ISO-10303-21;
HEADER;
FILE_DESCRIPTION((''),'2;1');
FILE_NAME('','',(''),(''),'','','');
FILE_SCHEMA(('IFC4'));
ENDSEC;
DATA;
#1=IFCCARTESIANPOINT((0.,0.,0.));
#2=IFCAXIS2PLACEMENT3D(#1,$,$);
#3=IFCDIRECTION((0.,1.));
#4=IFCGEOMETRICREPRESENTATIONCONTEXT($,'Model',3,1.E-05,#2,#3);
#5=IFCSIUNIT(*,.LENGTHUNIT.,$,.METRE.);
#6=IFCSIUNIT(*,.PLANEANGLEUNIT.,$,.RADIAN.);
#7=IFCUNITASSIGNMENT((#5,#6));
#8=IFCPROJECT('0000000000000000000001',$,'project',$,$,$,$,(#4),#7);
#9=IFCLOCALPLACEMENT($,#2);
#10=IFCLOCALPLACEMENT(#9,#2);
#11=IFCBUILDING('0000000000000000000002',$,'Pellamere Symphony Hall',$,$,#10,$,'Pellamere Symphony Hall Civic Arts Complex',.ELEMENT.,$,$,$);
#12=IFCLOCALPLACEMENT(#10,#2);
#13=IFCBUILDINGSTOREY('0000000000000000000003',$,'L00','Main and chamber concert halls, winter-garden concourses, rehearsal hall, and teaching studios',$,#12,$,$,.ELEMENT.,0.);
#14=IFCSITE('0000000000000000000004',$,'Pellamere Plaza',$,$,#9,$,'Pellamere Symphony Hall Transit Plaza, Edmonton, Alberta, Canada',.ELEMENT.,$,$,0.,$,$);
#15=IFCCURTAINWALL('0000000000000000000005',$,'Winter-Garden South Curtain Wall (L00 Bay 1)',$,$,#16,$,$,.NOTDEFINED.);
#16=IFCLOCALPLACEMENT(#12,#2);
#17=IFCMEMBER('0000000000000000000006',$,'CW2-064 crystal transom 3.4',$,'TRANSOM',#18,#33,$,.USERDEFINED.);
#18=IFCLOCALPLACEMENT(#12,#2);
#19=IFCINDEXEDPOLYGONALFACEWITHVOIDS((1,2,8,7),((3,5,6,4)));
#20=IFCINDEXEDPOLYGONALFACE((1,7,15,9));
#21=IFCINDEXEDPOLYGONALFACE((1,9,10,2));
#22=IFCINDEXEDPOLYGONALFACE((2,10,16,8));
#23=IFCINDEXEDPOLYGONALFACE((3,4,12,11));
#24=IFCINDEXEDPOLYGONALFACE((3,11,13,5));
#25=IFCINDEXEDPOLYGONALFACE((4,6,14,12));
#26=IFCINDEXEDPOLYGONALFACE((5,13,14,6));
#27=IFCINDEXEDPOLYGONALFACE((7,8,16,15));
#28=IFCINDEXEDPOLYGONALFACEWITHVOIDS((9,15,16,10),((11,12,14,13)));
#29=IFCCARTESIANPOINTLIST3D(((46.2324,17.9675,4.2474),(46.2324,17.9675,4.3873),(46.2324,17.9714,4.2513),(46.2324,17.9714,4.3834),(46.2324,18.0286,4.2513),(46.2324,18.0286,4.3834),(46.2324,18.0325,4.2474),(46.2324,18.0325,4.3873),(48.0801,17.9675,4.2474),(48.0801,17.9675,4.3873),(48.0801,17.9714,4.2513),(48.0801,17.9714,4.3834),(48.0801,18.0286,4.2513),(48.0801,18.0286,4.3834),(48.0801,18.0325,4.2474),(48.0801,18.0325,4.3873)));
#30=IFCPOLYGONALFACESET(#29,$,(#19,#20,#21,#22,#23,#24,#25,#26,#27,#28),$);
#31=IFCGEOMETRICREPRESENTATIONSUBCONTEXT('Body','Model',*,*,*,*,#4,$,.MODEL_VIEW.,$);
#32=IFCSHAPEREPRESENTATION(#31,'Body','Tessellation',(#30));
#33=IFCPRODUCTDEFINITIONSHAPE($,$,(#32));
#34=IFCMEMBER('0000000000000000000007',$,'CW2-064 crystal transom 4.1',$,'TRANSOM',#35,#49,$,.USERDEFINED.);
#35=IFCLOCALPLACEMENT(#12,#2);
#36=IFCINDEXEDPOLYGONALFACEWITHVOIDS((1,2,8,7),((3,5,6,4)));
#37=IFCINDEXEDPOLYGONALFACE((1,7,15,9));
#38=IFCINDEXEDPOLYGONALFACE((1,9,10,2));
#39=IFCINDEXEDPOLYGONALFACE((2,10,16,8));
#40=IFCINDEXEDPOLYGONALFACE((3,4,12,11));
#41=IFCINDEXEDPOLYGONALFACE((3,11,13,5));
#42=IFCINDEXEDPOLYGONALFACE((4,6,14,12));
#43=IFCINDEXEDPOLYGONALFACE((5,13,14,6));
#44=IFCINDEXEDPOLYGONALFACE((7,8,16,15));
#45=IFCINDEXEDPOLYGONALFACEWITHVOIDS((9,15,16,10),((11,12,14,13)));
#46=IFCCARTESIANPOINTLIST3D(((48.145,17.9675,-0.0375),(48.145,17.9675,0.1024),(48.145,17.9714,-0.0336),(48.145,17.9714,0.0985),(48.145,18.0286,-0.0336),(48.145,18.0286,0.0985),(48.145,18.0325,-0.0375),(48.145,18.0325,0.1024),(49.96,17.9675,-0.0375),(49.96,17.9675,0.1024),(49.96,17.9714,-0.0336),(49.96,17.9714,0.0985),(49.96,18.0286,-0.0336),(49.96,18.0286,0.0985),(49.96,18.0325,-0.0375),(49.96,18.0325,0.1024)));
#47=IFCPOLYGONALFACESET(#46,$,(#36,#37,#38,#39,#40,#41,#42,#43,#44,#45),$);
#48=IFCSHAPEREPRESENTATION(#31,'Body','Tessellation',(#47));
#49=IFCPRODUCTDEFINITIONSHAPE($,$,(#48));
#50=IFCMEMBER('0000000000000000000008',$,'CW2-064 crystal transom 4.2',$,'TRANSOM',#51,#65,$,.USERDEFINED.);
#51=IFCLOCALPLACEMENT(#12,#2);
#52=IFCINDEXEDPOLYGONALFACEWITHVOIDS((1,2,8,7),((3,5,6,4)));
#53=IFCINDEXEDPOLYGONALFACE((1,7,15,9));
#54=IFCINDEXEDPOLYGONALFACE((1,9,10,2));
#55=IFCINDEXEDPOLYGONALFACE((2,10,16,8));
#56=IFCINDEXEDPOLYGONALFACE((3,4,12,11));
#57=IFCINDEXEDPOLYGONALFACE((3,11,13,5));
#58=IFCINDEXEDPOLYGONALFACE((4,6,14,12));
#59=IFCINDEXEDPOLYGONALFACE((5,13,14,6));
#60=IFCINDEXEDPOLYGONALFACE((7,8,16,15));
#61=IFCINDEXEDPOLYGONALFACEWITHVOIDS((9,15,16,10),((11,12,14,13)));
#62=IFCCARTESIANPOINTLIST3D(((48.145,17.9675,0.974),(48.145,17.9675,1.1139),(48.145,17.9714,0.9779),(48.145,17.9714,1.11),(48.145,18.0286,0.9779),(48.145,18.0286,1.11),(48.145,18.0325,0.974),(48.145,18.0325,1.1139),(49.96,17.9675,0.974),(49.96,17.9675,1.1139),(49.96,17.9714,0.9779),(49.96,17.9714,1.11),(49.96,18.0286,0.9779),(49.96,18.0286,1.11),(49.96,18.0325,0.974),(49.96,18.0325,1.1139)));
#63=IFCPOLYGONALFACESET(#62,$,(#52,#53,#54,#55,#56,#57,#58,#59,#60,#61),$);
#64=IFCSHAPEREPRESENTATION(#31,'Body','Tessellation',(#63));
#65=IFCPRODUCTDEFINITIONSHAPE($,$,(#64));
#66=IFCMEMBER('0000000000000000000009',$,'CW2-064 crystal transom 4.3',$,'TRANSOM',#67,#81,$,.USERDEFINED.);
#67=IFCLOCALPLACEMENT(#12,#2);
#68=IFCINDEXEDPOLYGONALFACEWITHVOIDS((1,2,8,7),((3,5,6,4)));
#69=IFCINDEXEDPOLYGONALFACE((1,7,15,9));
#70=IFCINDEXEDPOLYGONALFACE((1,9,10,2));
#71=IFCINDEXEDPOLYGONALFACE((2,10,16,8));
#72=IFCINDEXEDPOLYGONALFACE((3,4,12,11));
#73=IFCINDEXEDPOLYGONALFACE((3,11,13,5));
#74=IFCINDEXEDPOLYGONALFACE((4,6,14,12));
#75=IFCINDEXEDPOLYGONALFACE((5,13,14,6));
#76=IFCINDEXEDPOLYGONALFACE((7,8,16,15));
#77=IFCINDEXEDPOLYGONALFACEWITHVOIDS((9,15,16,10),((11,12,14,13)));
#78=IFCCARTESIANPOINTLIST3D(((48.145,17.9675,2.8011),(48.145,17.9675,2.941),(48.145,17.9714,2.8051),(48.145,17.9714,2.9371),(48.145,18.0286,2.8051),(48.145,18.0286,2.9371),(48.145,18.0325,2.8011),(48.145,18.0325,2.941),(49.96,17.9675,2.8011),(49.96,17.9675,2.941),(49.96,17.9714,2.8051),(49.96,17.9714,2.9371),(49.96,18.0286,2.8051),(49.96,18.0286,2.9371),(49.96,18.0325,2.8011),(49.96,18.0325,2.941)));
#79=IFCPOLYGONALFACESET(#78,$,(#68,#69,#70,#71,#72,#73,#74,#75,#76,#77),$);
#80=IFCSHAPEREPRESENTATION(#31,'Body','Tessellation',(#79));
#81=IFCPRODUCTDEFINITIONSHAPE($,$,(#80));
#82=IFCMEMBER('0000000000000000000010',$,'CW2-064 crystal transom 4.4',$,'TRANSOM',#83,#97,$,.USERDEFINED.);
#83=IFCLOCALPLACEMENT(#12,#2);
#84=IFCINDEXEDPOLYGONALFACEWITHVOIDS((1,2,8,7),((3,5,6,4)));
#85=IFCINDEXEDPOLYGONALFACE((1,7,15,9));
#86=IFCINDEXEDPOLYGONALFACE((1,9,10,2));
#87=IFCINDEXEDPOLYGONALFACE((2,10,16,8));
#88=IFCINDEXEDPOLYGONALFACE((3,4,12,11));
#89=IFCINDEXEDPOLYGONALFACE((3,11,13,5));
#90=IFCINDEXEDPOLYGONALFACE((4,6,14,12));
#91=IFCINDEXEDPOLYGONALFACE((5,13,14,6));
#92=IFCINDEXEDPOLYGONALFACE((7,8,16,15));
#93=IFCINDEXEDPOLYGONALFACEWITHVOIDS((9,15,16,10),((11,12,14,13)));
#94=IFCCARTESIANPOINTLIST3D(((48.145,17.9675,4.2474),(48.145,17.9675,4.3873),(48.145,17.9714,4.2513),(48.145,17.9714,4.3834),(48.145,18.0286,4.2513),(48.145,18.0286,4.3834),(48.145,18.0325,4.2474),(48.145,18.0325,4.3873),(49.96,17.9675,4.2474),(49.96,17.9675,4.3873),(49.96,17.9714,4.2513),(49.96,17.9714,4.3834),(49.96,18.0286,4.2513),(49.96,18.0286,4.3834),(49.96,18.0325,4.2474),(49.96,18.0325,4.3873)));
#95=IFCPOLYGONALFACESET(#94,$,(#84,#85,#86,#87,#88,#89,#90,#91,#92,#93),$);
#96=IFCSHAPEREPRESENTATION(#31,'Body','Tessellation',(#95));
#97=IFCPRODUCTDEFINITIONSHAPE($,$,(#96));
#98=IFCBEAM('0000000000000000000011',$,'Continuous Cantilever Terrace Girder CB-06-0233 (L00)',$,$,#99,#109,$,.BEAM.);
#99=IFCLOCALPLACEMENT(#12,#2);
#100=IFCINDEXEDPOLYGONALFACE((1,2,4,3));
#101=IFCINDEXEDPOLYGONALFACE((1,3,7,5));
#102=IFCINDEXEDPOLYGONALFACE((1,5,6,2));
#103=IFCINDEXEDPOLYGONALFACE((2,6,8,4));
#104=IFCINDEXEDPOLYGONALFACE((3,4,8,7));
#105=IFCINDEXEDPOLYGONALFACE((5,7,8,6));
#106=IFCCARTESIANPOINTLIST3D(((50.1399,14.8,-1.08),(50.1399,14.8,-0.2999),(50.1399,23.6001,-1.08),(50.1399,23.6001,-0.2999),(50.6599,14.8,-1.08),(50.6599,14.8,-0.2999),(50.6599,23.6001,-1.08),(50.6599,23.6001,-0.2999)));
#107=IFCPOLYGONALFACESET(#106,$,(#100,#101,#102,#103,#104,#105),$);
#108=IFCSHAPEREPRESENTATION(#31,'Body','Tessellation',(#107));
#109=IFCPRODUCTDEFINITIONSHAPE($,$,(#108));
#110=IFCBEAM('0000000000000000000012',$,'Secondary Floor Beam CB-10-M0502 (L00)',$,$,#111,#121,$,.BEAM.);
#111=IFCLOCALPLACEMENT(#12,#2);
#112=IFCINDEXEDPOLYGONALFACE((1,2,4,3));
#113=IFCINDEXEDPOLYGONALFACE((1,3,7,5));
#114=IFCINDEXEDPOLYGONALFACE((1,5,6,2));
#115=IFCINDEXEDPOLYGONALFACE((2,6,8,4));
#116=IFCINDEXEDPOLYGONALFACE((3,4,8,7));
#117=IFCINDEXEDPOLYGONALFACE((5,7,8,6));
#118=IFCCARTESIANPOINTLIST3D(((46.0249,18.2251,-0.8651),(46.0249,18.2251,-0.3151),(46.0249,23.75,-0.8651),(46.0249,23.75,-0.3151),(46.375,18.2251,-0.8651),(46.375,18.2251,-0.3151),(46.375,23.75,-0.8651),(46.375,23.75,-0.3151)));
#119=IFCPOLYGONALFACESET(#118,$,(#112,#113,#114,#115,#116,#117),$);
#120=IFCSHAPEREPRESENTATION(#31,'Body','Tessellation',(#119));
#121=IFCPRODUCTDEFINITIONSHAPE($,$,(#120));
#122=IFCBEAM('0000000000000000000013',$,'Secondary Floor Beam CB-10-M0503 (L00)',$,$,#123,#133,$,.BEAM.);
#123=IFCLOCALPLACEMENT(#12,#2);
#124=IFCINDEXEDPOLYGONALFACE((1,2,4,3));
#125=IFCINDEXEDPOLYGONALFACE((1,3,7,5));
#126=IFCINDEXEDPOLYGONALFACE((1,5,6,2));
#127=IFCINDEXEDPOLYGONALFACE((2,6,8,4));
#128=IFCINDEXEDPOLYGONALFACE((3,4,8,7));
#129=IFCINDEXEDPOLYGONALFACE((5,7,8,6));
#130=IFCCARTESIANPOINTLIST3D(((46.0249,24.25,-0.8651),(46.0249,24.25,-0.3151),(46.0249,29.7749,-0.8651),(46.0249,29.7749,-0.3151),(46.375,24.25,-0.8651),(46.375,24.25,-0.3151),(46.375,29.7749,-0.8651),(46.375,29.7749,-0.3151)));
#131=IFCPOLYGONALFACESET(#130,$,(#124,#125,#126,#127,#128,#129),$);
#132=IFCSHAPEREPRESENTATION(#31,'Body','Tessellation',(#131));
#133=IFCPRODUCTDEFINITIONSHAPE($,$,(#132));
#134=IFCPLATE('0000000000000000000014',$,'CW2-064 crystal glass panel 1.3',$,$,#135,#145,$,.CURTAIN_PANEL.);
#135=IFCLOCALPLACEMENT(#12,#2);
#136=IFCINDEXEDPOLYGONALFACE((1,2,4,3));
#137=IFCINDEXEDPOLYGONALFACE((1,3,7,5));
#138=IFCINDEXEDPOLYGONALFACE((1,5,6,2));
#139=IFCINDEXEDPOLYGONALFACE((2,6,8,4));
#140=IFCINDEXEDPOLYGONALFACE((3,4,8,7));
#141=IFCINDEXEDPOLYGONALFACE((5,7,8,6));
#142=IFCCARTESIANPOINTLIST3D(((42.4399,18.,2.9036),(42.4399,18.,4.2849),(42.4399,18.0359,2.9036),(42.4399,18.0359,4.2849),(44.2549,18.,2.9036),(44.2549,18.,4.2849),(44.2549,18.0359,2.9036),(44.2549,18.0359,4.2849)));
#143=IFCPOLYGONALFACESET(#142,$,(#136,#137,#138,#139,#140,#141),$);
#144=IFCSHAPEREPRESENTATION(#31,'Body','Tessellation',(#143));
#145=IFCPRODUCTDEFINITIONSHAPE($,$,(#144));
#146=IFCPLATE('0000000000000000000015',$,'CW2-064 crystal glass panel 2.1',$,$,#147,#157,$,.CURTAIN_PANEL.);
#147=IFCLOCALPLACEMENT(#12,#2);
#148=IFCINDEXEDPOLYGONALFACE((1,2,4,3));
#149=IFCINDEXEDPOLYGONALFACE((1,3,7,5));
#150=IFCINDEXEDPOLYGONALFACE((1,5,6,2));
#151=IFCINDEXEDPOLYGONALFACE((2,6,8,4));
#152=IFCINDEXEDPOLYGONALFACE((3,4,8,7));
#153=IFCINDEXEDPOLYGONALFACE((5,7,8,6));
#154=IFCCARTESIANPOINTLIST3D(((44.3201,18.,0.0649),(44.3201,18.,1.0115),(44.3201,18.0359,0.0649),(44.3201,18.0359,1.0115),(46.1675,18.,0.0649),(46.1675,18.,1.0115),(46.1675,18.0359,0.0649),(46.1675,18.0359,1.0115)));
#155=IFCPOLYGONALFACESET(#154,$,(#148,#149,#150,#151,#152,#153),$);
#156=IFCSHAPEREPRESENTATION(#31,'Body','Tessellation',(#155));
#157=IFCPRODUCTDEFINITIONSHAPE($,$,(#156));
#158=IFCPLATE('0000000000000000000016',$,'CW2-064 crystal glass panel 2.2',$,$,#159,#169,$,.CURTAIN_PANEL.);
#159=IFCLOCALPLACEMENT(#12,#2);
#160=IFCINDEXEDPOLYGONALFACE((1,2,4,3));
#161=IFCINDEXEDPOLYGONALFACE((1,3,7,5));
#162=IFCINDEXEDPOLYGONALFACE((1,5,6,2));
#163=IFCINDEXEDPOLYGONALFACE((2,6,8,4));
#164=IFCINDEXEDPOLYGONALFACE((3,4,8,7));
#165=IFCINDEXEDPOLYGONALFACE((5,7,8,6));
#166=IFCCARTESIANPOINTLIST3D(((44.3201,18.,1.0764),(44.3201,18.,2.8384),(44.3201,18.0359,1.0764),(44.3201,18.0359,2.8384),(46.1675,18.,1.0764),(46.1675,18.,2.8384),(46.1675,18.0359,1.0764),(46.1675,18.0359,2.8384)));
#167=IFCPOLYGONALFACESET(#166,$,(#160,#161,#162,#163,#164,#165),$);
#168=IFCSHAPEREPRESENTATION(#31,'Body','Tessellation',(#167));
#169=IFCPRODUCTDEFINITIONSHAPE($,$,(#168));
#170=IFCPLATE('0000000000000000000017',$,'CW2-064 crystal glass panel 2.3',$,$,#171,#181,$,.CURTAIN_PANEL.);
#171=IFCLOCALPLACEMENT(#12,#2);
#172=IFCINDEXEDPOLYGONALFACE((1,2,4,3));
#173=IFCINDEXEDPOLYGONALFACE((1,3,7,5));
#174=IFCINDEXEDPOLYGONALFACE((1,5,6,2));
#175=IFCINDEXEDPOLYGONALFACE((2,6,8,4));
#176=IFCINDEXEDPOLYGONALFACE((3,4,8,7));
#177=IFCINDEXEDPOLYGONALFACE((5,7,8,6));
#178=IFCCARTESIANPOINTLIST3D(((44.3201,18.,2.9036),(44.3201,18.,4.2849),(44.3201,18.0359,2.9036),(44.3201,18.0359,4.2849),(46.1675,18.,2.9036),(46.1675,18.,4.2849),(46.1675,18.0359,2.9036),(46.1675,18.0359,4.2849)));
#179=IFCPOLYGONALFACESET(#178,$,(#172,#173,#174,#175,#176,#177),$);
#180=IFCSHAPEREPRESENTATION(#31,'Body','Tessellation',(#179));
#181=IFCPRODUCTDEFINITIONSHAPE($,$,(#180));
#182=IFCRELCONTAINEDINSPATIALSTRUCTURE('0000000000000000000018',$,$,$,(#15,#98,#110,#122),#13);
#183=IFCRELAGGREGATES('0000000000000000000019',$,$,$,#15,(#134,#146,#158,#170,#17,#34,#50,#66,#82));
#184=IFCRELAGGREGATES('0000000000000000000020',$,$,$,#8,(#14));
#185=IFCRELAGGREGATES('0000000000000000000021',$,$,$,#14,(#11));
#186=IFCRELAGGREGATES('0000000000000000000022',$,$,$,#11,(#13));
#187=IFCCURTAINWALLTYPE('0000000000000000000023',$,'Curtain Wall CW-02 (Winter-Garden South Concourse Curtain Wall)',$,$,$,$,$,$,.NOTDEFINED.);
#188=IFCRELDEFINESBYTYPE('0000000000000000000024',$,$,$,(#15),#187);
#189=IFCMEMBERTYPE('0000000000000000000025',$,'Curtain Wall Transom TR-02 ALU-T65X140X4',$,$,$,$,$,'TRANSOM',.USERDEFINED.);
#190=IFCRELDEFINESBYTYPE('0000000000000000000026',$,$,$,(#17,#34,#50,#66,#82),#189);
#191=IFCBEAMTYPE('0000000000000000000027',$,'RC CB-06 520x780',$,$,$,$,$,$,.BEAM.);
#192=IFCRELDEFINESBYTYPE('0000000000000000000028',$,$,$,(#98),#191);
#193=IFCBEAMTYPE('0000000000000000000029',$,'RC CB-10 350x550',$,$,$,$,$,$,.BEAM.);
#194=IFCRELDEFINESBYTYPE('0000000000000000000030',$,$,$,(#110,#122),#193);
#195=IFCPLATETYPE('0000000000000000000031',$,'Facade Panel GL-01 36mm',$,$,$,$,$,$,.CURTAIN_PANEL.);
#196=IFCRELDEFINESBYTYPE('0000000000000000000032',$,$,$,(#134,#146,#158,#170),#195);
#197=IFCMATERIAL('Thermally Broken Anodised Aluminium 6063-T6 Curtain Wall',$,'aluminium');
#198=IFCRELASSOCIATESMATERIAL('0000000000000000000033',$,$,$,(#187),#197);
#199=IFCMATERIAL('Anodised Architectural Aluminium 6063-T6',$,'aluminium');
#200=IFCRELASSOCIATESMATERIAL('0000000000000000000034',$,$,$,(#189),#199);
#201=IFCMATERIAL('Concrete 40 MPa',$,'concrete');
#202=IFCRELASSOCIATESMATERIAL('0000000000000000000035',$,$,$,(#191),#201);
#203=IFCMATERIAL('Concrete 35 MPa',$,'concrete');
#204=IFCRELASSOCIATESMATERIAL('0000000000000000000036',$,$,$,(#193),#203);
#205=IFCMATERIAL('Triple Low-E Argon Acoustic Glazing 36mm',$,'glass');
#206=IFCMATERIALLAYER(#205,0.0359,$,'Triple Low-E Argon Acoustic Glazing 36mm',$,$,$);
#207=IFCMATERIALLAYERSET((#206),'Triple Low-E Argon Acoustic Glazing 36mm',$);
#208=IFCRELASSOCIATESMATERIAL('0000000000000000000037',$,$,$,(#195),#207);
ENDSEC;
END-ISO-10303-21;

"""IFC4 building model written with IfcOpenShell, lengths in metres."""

from ifc_helpers import new_model, si_unit, direction, frame, origin, origin_2d, place, context, subcontext, project, spatial, polyline, rectangle, hollow_rectangle, outline, extrude, material, layer, layer_set, material_profile, profile_set, type_object, element, aggregate, save


model = new_model("IFC4")

# Units and contexts
model_context = context("Model", 3, precision=1e-05, world=origin(), true_north=direction((0.0, 1.0)))
body_context = subcontext(model_context, "Body", "Model", "MODEL_VIEW")
ifc_project = project(units=[si_unit("LENGTHUNIT", "METRE"), si_unit("PLANEANGLEUNIT", "RADIAN")], contexts=[model_context])

# Site, building, storey
site_placement = place(None, origin())
site = spatial("IfcSite", under=ifc_project, at=site_placement, Name="Pellamere Plaza", LongName="Pellamere Symphony Hall Transit Plaza, Edmonton, Alberta, Canada", CompositionType="ELEMENT", RefElevation=0.0)
building_placement = place(site_placement, origin())
building = spatial("IfcBuilding", under=site, at=building_placement, Name="Pellamere Symphony Hall", LongName="Pellamere Symphony Hall Civic Arts Complex", CompositionType="ELEMENT")
storey_placement = place(building_placement, origin())
storey = spatial("IfcBuildingStorey", under=building, at=storey_placement, Name="L00", Description="Main and chamber concert halls, winter-garden concourses, rehearsal hall, and teaching studios", CompositionType="ELEMENT", Elevation=0.0)

# Curtain wall, members
ifc_material_1 = material(Name="Thermally Broken Anodised Aluminium 6063-T6 Curtain Wall", Category="aluminium")
curtain_wall_type = type_object("IfcCurtainWallType", Name="Curtain Wall CW-02 (Winter-Garden South Concourse Curtain Wall)", PredefinedType="NOTDEFINED", material=ifc_material_1)
curtain_wall_placement = place(storey_placement, origin())
curtain_wall = element("IfcCurtainWall", 1, at=curtain_wall_placement, inside=storey, type_object=curtain_wall_type, Name="Winter-Garden South Curtain Wall (L00 Bay 1)", PredefinedType="NOTDEFINED")
ifc_material_2 = material(Name="Anodised Architectural Aluminium 6063-T6", Category="aluminium")
ifc_material_profile_1 = material_profile(ifc_material_2, hollow_rectangle(XDim=0.0649, YDim=0.1399, WallThickness=0.0039, at=origin_2d()), Name="ALU-T65X140X4")
ifc_profile_set_1 = profile_set([ifc_material_profile_1], Name="Anodised Architectural Aluminium 6063-T6")
member_type_1 = type_object("IfcMemberType", Name="Curtain Wall Transom TR-02 ALU-T65X140X4", ElementType="TRANSOM", PredefinedType="USERDEFINED", material=ifc_profile_set_1)
member_1_placement = place(storey_placement, frame((46.2324, 18.0, 4.3174), z_axis=(1.0, 0.0, 0.0), x_axis=(0.0, 1.0, 0.0)))
member_1 = element("IfcMember", 2, at=member_1_placement, type_object=member_type_1, Name="CW2-064 crystal transom 3.4", ObjectType="TRANSOM", PredefinedType="USERDEFINED", context=body_context, shape_type="SweptSolid", body=[
    extrude(hollow_rectangle(XDim=0.0649, YDim=0.1399, WallThickness=0.0039, at=origin_2d()), origin(), (0.0, 0.0, 1.0), 1.8477),
])
member_2_placement = place(storey_placement, frame((48.145, 18.0, 0.0325), z_axis=(1.0, 0.0, 0.0), x_axis=(0.0, 1.0, 0.0)))
member_2 = element("IfcMember", 3, at=member_2_placement, type_object=member_type_1, Name="CW2-064 crystal transom 4.1", ObjectType="TRANSOM", PredefinedType="USERDEFINED", context=body_context, shape_type="SweptSolid", body=[
    extrude(hollow_rectangle(XDim=0.0649, YDim=0.1399, WallThickness=0.0039, at=origin_2d()), origin(), (0.0, 0.0, 1.0), 1.8149),
])
member_3_placement = place(storey_placement, frame((48.145, 18.0, 1.0439), z_axis=(1.0, 0.0, 0.0), x_axis=(0.0, 1.0, 0.0)))
member_3 = element("IfcMember", 4, at=member_3_placement, type_object=member_type_1, Name="CW2-064 crystal transom 4.2", ObjectType="TRANSOM", PredefinedType="USERDEFINED", context=body_context, shape_type="SweptSolid", body=[
    extrude(hollow_rectangle(XDim=0.0649, YDim=0.1399, WallThickness=0.0039, at=origin_2d()), origin(), (0.0, 0.0, 1.0), 1.8149),
])
member_4_placement = place(storey_placement, frame((48.145, 18.0, 2.8711), z_axis=(1.0, 0.0, 0.0), x_axis=(0.0, 1.0, 0.0)))
member_4 = element("IfcMember", 5, at=member_4_placement, type_object=member_type_1, Name="CW2-064 crystal transom 4.3", ObjectType="TRANSOM", PredefinedType="USERDEFINED", context=body_context, shape_type="SweptSolid", body=[
    extrude(hollow_rectangle(XDim=0.0649, YDim=0.1399, WallThickness=0.0039, at=origin_2d()), origin(), (0.0, 0.0, 1.0), 1.8149),
])
member_5_placement = place(storey_placement, frame((48.145, 18.0, 4.3174), z_axis=(1.0, 0.0, 0.0), x_axis=(0.0, 1.0, 0.0)))
member_5 = element("IfcMember", 6, at=member_5_placement, type_object=member_type_1, Name="CW2-064 crystal transom 4.4", ObjectType="TRANSOM", PredefinedType="USERDEFINED", context=body_context, shape_type="SweptSolid", body=[
    extrude(hollow_rectangle(XDim=0.0649, YDim=0.1399, WallThickness=0.0039, at=origin_2d()), origin(), (0.0, 0.0, 1.0), 1.8149),
])

# Beams
ifc_material_3 = material(Name="Concrete 40 MPa", Category="concrete")
ifc_material_profile_2 = material_profile(ifc_material_3, rectangle(XDim=0.52, YDim=0.78, at=origin_2d()), Name="RC 520x780")
ifc_profile_set_2 = profile_set([ifc_material_profile_2], Name="Concrete 40 MPa")
beam_type_1 = type_object("IfcBeamType", Name="RC CB-06 520x780", PredefinedType="BEAM", material=ifc_profile_set_2)
beam_placement = place(storey_placement, frame((50.3999, 14.8, -0.6899), z_axis=(0.0, 1.0, 0.0), x_axis=(-1.0, 0.0, 0.0)))
element("IfcBeam", 7, at=beam_placement, inside=storey, type_object=beam_type_1, Name="Continuous Cantilever Terrace Girder CB-06-0233 (L00)", PredefinedType="BEAM", context=body_context, shape_type="SweptSolid", body=[
    extrude(rectangle(XDim=0.52, YDim=0.78, at=origin_2d()), origin(), (0.0, 0.0, 1.0), 8.8),
])
ifc_material_4 = material(Name="Concrete 35 MPa", Category="concrete")
ifc_material_profile_3 = material_profile(ifc_material_4, rectangle(XDim=0.3501, YDim=0.55, at=origin_2d()), Name="RC 350x550")
ifc_profile_set_3 = profile_set([ifc_material_profile_3], Name="Concrete 35 MPa")
beam_type_2 = type_object("IfcBeamType", Name="RC CB-10 350x550", PredefinedType="BEAM", material=ifc_profile_set_3)
for number, where, z_axis, x_axis, name in (
    (8, (46.2, 18.2251, -0.5901), (0.0, 1.0, 0.0), (-1.0, 0.0, 0.0), "Secondary Floor Beam CB-10-M0502 (L00)"),
    (9, (46.2, 24.25, -0.5901), (0.0, 1.0, 0.0), (-1.0, 0.0, 0.0), "Secondary Floor Beam CB-10-M0503 (L00)"),
):
    element("IfcBeam", number, at=place(storey_placement, frame(where, z_axis=z_axis, x_axis=x_axis)), inside=storey, type_object=beam_type_2, Name=name, PredefinedType="BEAM", context=body_context, shape_type="SweptSolid", body=[
        extrude(rectangle(XDim=0.3501, YDim=0.55, at=origin_2d()), origin(), (0.0, 0.0, 1.0), 5.5249),
    ])

# Plates
ifc_material_5 = material(Name="Triple Low-E Argon Acoustic Glazing 36mm", Category="glass")
ifc_layer_1 = layer(ifc_material_5, 0.0359, Name="Triple Low-E Argon Acoustic Glazing 36mm")
ifc_layer_set_1 = layer_set([ifc_layer_1], Name="Triple Low-E Argon Acoustic Glazing 36mm")
plate_type = type_object("IfcPlateType", Name="Facade Panel GL-01 36mm", PredefinedType="CURTAIN_PANEL", material=ifc_layer_set_1)
plate_1_placement = place(storey_placement, frame((42.4399, 18.0, 2.9036), z_axis=(0.0, -1.0, 0.0), x_axis=(1.0, 0.0, 0.0)))
plate_1 = element("IfcPlate", 10, at=plate_1_placement, type_object=plate_type, Name="CW2-064 crystal glass panel 1.3", PredefinedType="CURTAIN_PANEL", context=body_context, shape_type="SweptSolid", body=[
    extrude(outline(polyline([(0.0, 0.0), (1.8149, 0.0), (1.8149, 1.3813), (0.0, 1.3813), (0.0, 0.0)])), origin(), (0.0, 0.0, -1.0), 0.0359),
])
plate_2_placement = place(storey_placement, frame((44.3201, 18.0, 0.0649), z_axis=(0.0, -1.0, 0.0), x_axis=(1.0, 0.0, 0.0)))
plate_2 = element("IfcPlate", 11, at=plate_2_placement, type_object=plate_type, Name="CW2-064 crystal glass panel 2.1", PredefinedType="CURTAIN_PANEL", context=body_context, shape_type="SweptSolid", body=[
    extrude(outline(polyline([(0.0, 0.0), (1.8474, 0.0), (1.8474, 0.9465), (0.0, 0.9465), (0.0, 0.0)])), origin(), (0.0, 0.0, -1.0), 0.0359),
])
plate_3_placement = place(storey_placement, frame((44.3201, 18.0, 1.0764), z_axis=(0.0, -1.0, 0.0), x_axis=(1.0, 0.0, 0.0)))
plate_3 = element("IfcPlate", 12, at=plate_3_placement, type_object=plate_type, Name="CW2-064 crystal glass panel 2.2", PredefinedType="CURTAIN_PANEL", context=body_context, shape_type="SweptSolid", body=[
    extrude(outline(polyline([(0.0, 0.0), (1.8474, 0.0), (1.8474, 1.762), (0.0, 1.762), (0.0, 0.0)])), origin(), (0.0, 0.0, -1.0), 0.0359),
])
plate_4_placement = place(storey_placement, frame((44.3201, 18.0, 2.9036), z_axis=(0.0, -1.0, 0.0), x_axis=(1.0, 0.0, 0.0)))
plate_4 = element("IfcPlate", 13, at=plate_4_placement, type_object=plate_type, Name="CW2-064 crystal glass panel 2.3", PredefinedType="CURTAIN_PANEL", context=body_context, shape_type="SweptSolid", body=[
    extrude(outline(polyline([(0.0, 0.0), (1.8474, 0.0), (1.8474, 1.3813), (0.0, 1.3813), (0.0, 0.0)])), origin(), (0.0, 0.0, -1.0), 0.0359),
])
aggregate(curtain_wall, [plate_1, plate_2, plate_3, plate_4, member_1, member_2, member_3, member_4, member_5])

save(model, "model.ifc")
